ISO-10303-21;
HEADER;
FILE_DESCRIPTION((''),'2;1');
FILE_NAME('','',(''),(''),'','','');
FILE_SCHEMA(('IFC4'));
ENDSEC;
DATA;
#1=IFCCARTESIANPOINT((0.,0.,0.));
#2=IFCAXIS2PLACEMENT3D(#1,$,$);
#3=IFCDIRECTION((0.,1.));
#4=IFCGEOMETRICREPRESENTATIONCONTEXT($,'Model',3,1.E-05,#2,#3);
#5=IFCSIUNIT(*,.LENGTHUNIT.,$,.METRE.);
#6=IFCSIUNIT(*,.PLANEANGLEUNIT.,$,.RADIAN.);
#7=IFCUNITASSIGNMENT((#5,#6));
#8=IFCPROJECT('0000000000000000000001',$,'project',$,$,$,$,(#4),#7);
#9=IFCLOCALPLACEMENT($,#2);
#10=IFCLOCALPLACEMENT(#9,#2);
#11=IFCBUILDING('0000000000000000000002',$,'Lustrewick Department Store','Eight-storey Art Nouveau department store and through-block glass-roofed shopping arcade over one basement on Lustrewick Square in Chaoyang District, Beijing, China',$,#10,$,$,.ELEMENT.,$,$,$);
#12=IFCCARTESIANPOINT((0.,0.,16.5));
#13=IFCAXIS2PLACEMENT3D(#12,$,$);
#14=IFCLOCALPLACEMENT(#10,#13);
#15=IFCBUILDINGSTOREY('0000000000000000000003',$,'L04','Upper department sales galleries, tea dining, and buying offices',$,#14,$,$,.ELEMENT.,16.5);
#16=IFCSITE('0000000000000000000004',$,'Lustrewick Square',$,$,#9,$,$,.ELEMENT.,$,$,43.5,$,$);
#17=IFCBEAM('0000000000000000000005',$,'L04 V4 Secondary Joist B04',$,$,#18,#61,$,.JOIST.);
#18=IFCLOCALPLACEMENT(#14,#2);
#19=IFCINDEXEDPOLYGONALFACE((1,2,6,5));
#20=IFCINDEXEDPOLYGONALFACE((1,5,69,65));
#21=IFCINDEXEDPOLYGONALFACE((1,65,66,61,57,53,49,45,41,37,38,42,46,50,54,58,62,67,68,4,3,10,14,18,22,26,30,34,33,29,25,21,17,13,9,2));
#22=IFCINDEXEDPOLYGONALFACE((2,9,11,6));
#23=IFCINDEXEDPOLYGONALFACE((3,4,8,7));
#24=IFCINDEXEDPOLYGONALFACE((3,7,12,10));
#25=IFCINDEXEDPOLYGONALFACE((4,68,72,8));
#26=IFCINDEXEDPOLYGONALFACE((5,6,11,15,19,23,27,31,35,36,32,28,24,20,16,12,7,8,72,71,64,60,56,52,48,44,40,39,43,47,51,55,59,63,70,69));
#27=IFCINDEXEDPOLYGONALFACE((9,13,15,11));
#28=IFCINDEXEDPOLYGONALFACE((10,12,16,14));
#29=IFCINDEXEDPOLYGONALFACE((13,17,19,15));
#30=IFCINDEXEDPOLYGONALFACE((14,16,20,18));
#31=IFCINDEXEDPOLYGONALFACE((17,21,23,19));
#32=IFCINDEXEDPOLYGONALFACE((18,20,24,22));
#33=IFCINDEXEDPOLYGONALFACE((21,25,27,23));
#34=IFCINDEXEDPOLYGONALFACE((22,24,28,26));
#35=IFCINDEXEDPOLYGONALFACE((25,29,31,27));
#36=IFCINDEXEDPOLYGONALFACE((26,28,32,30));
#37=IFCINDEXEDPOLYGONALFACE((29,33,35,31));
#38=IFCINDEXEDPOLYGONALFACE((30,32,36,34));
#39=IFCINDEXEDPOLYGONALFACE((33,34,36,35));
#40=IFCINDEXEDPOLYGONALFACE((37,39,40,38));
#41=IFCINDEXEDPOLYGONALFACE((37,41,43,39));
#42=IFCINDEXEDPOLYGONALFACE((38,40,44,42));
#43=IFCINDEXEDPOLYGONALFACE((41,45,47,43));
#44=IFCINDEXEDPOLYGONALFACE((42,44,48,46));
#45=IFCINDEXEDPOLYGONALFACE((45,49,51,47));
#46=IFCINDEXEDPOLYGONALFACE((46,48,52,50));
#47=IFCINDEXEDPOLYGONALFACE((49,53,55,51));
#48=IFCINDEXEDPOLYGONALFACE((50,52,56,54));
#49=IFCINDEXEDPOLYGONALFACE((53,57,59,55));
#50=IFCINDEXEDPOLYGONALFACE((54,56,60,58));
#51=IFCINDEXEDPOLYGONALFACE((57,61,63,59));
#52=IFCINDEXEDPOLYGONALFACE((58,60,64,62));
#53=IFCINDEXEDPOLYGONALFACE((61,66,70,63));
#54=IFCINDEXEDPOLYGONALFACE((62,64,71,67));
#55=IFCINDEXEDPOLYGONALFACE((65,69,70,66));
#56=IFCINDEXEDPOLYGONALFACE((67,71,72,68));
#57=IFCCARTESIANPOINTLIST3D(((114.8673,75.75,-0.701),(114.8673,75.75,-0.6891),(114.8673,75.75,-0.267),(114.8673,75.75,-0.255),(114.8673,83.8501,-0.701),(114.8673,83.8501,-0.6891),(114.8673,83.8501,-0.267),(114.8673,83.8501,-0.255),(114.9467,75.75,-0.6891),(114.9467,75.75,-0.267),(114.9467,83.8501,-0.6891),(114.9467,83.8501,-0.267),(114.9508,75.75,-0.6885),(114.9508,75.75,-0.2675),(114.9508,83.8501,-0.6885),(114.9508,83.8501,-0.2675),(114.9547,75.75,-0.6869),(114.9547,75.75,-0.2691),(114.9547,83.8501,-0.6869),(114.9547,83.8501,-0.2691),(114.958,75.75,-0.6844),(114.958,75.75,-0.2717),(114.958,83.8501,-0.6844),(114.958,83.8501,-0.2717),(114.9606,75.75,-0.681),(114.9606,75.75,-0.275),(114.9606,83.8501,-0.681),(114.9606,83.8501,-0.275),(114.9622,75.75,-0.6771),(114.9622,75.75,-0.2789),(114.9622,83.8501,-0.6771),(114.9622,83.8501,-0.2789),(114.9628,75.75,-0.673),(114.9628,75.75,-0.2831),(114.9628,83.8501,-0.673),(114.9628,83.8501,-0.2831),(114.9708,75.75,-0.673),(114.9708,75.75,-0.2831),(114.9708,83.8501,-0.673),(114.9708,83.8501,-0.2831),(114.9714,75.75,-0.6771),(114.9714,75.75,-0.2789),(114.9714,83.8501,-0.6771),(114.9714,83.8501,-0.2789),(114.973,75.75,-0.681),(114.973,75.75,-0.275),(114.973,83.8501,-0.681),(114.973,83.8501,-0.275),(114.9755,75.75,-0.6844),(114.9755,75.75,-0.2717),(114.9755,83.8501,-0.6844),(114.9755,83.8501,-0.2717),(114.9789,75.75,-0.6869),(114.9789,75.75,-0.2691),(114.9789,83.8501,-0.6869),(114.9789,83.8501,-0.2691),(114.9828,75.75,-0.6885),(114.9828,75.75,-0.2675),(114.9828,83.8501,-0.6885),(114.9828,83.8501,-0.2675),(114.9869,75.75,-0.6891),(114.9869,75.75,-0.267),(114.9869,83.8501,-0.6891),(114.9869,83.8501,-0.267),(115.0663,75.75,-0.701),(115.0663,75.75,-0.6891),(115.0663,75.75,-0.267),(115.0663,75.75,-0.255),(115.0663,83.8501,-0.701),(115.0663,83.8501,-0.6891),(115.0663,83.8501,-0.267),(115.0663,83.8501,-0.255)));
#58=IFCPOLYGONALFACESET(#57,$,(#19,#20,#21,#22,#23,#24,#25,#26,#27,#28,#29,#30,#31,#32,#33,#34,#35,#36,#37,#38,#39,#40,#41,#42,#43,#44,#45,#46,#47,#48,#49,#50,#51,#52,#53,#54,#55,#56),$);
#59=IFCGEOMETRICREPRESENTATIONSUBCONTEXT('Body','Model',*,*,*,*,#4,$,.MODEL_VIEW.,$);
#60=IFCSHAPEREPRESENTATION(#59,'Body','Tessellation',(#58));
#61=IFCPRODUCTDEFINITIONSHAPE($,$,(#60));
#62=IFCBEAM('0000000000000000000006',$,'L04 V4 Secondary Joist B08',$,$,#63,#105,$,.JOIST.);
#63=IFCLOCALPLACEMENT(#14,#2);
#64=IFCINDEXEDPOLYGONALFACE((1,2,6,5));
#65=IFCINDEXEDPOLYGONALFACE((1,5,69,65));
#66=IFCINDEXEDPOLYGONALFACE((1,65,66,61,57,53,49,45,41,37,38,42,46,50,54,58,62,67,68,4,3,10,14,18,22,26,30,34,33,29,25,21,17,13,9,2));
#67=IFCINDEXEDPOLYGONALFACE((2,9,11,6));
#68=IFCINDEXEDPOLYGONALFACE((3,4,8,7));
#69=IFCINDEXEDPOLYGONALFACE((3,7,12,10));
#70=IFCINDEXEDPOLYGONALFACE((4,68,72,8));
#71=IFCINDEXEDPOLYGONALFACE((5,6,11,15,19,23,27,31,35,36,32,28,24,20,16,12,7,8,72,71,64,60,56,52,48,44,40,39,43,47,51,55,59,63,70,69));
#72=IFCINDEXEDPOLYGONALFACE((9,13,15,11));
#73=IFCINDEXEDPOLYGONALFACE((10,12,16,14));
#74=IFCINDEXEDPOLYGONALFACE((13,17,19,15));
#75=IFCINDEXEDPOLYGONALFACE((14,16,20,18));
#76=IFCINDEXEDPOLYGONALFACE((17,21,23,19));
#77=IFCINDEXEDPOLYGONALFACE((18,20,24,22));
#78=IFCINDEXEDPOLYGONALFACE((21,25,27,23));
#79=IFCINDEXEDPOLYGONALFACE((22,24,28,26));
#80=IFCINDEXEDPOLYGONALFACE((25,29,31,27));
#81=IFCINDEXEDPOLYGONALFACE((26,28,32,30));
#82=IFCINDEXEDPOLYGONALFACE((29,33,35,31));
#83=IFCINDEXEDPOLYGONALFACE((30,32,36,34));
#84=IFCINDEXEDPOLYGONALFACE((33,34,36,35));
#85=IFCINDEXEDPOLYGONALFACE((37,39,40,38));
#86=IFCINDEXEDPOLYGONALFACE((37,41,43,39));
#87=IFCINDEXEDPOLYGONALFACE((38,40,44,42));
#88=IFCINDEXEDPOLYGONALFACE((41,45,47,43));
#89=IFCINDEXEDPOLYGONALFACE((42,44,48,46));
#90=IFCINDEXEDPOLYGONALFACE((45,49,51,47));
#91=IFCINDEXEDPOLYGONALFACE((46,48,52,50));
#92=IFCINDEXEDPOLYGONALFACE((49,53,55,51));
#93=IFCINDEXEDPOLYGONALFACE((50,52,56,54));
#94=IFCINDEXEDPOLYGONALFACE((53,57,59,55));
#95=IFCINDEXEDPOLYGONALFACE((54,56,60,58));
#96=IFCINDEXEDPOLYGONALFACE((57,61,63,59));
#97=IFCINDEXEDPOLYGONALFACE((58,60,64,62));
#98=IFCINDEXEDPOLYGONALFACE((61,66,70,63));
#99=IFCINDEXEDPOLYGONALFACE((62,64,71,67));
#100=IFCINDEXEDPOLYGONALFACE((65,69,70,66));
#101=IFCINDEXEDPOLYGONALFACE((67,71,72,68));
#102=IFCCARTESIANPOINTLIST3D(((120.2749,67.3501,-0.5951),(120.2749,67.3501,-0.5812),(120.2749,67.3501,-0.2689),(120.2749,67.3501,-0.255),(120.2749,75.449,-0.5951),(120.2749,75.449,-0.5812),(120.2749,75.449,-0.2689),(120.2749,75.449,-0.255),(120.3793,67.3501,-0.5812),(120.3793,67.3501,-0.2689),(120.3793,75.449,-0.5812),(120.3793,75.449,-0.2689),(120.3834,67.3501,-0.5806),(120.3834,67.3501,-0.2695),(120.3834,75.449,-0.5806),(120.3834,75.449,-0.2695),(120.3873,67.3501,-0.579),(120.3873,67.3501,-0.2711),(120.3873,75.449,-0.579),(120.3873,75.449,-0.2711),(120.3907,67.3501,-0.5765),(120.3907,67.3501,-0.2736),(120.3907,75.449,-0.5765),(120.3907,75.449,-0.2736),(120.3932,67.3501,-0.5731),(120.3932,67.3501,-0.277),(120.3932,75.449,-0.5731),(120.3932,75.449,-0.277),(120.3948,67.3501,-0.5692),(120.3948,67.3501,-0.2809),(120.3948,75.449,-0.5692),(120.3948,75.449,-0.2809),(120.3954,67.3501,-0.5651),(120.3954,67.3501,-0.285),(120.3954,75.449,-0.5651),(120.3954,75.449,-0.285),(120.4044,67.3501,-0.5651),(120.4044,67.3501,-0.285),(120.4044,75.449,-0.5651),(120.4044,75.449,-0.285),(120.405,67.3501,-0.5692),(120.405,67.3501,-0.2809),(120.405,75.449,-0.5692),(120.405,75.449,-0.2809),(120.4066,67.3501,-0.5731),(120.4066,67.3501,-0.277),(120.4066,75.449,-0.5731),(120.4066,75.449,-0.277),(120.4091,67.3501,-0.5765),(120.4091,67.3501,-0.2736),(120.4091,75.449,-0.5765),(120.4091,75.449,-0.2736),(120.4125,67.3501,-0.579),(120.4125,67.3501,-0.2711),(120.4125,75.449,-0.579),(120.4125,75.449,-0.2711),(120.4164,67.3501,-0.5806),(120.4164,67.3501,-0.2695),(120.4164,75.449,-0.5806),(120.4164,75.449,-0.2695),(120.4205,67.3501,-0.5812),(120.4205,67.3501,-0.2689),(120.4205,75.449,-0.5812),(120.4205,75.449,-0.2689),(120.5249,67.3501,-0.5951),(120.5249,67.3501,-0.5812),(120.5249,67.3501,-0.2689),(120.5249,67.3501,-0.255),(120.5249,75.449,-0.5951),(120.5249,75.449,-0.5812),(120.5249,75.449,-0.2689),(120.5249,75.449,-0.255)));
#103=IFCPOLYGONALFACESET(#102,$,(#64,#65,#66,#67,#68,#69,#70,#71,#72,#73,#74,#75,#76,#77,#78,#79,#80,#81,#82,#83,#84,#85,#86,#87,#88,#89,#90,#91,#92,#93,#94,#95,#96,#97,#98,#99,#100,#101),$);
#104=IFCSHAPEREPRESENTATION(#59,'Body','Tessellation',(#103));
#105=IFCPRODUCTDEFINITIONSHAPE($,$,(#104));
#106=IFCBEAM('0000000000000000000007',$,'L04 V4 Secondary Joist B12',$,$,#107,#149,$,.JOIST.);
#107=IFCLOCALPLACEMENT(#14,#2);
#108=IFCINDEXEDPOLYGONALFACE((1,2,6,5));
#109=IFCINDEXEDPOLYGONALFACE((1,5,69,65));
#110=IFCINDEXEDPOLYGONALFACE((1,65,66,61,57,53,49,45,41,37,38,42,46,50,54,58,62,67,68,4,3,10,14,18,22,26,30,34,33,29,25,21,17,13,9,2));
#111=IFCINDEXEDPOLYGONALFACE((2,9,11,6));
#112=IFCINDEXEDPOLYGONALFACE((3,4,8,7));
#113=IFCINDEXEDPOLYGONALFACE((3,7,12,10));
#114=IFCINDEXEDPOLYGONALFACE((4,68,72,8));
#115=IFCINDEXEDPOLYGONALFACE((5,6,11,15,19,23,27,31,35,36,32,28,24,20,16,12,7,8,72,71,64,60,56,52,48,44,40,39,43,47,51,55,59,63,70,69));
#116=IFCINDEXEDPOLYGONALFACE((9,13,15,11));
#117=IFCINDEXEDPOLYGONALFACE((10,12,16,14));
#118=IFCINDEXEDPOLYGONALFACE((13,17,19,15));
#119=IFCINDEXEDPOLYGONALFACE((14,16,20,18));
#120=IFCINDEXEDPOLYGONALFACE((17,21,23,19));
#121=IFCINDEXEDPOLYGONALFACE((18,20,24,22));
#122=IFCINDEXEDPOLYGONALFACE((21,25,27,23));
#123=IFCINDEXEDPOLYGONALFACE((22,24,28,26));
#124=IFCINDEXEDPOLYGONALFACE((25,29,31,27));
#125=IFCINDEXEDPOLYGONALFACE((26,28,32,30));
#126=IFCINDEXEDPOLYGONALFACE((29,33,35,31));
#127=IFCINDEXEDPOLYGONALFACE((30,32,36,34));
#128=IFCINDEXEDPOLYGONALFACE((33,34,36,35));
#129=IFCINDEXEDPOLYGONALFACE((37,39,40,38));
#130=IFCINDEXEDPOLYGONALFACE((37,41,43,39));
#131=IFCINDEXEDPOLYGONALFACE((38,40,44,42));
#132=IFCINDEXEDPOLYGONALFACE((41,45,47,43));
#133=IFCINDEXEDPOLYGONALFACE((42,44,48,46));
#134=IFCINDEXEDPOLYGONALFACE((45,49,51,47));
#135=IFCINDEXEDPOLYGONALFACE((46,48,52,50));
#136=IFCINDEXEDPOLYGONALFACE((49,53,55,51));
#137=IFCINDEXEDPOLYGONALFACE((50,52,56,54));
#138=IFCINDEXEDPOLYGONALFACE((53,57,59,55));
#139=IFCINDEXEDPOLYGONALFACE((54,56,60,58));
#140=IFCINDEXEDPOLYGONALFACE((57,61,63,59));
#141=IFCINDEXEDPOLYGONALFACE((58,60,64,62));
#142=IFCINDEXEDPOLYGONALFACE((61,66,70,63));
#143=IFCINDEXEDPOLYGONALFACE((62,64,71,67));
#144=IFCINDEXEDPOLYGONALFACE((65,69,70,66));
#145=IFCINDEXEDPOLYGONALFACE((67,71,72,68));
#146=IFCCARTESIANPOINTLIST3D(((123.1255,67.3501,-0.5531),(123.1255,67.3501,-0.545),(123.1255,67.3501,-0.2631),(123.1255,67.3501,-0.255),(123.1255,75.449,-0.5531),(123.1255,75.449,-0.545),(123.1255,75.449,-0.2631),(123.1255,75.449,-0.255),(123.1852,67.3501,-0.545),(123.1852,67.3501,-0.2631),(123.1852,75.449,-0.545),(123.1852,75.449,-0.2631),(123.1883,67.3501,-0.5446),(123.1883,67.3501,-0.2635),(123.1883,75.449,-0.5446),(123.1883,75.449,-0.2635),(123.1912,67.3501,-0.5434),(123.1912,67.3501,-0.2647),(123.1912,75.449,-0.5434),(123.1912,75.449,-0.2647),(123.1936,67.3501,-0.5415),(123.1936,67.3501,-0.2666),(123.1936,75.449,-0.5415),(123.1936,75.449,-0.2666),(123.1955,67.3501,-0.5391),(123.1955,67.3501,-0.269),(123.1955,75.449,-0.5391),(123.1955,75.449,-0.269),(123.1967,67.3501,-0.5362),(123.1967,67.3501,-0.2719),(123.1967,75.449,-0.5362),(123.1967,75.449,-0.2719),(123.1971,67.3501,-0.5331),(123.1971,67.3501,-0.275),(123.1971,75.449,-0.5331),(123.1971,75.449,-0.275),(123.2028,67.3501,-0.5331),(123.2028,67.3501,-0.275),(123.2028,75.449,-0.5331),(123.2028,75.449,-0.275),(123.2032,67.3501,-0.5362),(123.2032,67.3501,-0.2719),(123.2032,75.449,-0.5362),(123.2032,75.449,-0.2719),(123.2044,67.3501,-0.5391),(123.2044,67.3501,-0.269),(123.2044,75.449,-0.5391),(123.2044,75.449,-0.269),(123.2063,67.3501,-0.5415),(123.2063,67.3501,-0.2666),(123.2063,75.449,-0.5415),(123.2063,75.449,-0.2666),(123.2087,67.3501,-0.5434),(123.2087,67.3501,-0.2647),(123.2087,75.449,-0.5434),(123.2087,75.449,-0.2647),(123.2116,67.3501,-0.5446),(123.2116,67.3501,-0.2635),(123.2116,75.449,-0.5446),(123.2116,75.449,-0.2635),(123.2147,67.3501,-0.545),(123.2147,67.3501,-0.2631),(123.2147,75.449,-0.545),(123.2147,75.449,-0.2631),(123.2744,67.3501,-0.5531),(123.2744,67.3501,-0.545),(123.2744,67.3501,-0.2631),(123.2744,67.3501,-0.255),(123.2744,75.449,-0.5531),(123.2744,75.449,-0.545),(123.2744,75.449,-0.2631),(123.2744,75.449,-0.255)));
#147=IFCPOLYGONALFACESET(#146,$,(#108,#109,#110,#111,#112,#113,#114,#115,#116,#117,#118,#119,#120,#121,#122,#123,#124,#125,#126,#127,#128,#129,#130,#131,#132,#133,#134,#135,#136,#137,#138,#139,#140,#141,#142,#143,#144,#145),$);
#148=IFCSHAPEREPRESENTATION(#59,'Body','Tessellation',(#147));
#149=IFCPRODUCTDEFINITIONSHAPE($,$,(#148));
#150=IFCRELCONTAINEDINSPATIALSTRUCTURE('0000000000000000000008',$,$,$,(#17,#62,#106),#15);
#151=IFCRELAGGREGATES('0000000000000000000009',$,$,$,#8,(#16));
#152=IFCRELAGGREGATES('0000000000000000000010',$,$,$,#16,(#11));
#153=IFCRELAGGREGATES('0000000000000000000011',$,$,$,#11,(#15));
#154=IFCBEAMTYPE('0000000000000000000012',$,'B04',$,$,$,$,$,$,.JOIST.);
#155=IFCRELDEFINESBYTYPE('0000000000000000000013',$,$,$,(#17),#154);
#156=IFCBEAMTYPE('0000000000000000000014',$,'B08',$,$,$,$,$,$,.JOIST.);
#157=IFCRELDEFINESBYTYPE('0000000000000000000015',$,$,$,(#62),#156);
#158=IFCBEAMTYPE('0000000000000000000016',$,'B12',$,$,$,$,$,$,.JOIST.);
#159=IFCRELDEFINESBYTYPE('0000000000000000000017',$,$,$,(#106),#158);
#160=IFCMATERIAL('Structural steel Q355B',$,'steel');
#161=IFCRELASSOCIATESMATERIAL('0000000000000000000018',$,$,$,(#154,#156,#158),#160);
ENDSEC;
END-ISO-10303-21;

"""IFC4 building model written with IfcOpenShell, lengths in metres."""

from ifc_helpers import new_model, si_unit, direction, frame, origin, origin_2d, place, context, subcontext, project, spatial, i_section, extrude, material, material_profile, profile_set, type_object, element, save


model = new_model("IFC4")

# Units and contexts
model_context = context("Model", 3, precision=1e-05, world=origin(), true_north=direction((0.0, 1.0)))
body_context = subcontext(model_context, "Body", "Model", "MODEL_VIEW")
ifc_project = project(units=[si_unit("LENGTHUNIT", "METRE"), si_unit("PLANEANGLEUNIT", "RADIAN")], contexts=[model_context])

# Site, building, storey
site_placement = place(None, origin())
site = spatial("IfcSite", under=ifc_project, at=site_placement, Name="Lustrewick Square", CompositionType="ELEMENT", RefElevation=43.5)
building_placement = place(site_placement, origin())
building = spatial("IfcBuilding", under=site, at=building_placement, Name="Lustrewick Department Store", Description="Eight-storey Art Nouveau department store and through-block glass-roofed shopping arcade over one basement on Lustrewick Square in Chaoyang District, Beijing, China", CompositionType="ELEMENT")
storey_placement = place(building_placement, frame((0.0, 0.0, 16.5)))
storey = spatial("IfcBuildingStorey", under=building, at=storey_placement, Name="L04", Description="Upper department sales galleries, tea dining, and buying offices", CompositionType="ELEMENT", Elevation=16.5)

# Shared definitions
ifc_material_1 = material(Name="Structural steel Q355B", Category="steel")

# Beams
ifc_material_profile_1 = material_profile(ifc_material_1, i_section(OverallWidth=0.199, OverallDepth=0.446, WebThickness=0.0081, FlangeThickness=0.012, FilletRadius=0.0161, at=origin_2d()), Name="HN 446x199x8x12")
ifc_profile_set_1 = profile_set([ifc_material_profile_1], Name="Structural steel Q355B")
beam_type_1 = type_object("IfcBeamType", Name="B04", PredefinedType="JOIST", material=ifc_profile_set_1)
beam_1_placement = place(storey_placement, frame((114.9668, 75.75, -0.478), z_axis=(0.0, 1.0, 0.0), x_axis=(-1.0, 0.0, 0.0)))
element("IfcBeam", 1, at=beam_1_placement, inside=storey, type_object=beam_type_1, Name="L04 V4 Secondary Joist B04", PredefinedType="JOIST", context=body_context, shape_type="SweptSolid", body=[
    extrude(i_section(OverallWidth=0.199, OverallDepth=0.446, WebThickness=0.0081, FlangeThickness=0.012, FilletRadius=0.0161, at=origin_2d()), origin(), (0.0, 0.0, 1.0), 8.1001),
])
ifc_material_profile_2 = material_profile(ifc_material_1, i_section(OverallWidth=0.25, OverallDepth=0.3401, WebThickness=0.009, FlangeThickness=0.0139, FilletRadius=0.0161, at=origin_2d()), Name="HM 340x250x9x14")
ifc_profile_set_2 = profile_set([ifc_material_profile_2], Name="Structural steel Q355B")
beam_type_2 = type_object("IfcBeamType", Name="B08", PredefinedType="JOIST", material=ifc_profile_set_2)
beam_2_placement = place(storey_placement, frame((120.3999, 67.3501, -0.425), z_axis=(0.0, 1.0, 0.0), x_axis=(-1.0, 0.0, 0.0)))
element("IfcBeam", 2, at=beam_2_placement, inside=storey, type_object=beam_type_2, Name="L04 V4 Secondary Joist B08", PredefinedType="JOIST", context=body_context, shape_type="SweptSolid", body=[
    extrude(i_section(OverallWidth=0.25, OverallDepth=0.3401, WebThickness=0.009, FlangeThickness=0.0139, FilletRadius=0.0161, at=origin_2d()), origin(), (0.0, 0.0, 1.0), 8.0989),
])
ifc_material_profile_3 = material_profile(ifc_material_1, i_section(OverallWidth=0.1489, OverallDepth=0.2981, WebThickness=0.0056, FlangeThickness=0.0081, FilletRadius=0.012, at=origin_2d()), Name="HN 298x149x5.5x8")
ifc_profile_set_3 = profile_set([ifc_material_profile_3], Name="Structural steel Q355B")
beam_type_3 = type_object("IfcBeamType", Name="B12", PredefinedType="JOIST", material=ifc_profile_set_3)
beam_3_placement = place(storey_placement, frame((123.2, 67.3501, -0.4041), z_axis=(0.0, 1.0, 0.0), x_axis=(-1.0, 0.0, 0.0)))
element("IfcBeam", 3, at=beam_3_placement, inside=storey, type_object=beam_type_3, Name="L04 V4 Secondary Joist B12", PredefinedType="JOIST", context=body_context, shape_type="SweptSolid", body=[
    extrude(i_section(OverallWidth=0.1489, OverallDepth=0.2981, WebThickness=0.0056, FlangeThickness=0.0081, FilletRadius=0.012, at=origin_2d()), origin(), (0.0, 0.0, 1.0), 8.0989),
])

save(model, "model.ifc")
